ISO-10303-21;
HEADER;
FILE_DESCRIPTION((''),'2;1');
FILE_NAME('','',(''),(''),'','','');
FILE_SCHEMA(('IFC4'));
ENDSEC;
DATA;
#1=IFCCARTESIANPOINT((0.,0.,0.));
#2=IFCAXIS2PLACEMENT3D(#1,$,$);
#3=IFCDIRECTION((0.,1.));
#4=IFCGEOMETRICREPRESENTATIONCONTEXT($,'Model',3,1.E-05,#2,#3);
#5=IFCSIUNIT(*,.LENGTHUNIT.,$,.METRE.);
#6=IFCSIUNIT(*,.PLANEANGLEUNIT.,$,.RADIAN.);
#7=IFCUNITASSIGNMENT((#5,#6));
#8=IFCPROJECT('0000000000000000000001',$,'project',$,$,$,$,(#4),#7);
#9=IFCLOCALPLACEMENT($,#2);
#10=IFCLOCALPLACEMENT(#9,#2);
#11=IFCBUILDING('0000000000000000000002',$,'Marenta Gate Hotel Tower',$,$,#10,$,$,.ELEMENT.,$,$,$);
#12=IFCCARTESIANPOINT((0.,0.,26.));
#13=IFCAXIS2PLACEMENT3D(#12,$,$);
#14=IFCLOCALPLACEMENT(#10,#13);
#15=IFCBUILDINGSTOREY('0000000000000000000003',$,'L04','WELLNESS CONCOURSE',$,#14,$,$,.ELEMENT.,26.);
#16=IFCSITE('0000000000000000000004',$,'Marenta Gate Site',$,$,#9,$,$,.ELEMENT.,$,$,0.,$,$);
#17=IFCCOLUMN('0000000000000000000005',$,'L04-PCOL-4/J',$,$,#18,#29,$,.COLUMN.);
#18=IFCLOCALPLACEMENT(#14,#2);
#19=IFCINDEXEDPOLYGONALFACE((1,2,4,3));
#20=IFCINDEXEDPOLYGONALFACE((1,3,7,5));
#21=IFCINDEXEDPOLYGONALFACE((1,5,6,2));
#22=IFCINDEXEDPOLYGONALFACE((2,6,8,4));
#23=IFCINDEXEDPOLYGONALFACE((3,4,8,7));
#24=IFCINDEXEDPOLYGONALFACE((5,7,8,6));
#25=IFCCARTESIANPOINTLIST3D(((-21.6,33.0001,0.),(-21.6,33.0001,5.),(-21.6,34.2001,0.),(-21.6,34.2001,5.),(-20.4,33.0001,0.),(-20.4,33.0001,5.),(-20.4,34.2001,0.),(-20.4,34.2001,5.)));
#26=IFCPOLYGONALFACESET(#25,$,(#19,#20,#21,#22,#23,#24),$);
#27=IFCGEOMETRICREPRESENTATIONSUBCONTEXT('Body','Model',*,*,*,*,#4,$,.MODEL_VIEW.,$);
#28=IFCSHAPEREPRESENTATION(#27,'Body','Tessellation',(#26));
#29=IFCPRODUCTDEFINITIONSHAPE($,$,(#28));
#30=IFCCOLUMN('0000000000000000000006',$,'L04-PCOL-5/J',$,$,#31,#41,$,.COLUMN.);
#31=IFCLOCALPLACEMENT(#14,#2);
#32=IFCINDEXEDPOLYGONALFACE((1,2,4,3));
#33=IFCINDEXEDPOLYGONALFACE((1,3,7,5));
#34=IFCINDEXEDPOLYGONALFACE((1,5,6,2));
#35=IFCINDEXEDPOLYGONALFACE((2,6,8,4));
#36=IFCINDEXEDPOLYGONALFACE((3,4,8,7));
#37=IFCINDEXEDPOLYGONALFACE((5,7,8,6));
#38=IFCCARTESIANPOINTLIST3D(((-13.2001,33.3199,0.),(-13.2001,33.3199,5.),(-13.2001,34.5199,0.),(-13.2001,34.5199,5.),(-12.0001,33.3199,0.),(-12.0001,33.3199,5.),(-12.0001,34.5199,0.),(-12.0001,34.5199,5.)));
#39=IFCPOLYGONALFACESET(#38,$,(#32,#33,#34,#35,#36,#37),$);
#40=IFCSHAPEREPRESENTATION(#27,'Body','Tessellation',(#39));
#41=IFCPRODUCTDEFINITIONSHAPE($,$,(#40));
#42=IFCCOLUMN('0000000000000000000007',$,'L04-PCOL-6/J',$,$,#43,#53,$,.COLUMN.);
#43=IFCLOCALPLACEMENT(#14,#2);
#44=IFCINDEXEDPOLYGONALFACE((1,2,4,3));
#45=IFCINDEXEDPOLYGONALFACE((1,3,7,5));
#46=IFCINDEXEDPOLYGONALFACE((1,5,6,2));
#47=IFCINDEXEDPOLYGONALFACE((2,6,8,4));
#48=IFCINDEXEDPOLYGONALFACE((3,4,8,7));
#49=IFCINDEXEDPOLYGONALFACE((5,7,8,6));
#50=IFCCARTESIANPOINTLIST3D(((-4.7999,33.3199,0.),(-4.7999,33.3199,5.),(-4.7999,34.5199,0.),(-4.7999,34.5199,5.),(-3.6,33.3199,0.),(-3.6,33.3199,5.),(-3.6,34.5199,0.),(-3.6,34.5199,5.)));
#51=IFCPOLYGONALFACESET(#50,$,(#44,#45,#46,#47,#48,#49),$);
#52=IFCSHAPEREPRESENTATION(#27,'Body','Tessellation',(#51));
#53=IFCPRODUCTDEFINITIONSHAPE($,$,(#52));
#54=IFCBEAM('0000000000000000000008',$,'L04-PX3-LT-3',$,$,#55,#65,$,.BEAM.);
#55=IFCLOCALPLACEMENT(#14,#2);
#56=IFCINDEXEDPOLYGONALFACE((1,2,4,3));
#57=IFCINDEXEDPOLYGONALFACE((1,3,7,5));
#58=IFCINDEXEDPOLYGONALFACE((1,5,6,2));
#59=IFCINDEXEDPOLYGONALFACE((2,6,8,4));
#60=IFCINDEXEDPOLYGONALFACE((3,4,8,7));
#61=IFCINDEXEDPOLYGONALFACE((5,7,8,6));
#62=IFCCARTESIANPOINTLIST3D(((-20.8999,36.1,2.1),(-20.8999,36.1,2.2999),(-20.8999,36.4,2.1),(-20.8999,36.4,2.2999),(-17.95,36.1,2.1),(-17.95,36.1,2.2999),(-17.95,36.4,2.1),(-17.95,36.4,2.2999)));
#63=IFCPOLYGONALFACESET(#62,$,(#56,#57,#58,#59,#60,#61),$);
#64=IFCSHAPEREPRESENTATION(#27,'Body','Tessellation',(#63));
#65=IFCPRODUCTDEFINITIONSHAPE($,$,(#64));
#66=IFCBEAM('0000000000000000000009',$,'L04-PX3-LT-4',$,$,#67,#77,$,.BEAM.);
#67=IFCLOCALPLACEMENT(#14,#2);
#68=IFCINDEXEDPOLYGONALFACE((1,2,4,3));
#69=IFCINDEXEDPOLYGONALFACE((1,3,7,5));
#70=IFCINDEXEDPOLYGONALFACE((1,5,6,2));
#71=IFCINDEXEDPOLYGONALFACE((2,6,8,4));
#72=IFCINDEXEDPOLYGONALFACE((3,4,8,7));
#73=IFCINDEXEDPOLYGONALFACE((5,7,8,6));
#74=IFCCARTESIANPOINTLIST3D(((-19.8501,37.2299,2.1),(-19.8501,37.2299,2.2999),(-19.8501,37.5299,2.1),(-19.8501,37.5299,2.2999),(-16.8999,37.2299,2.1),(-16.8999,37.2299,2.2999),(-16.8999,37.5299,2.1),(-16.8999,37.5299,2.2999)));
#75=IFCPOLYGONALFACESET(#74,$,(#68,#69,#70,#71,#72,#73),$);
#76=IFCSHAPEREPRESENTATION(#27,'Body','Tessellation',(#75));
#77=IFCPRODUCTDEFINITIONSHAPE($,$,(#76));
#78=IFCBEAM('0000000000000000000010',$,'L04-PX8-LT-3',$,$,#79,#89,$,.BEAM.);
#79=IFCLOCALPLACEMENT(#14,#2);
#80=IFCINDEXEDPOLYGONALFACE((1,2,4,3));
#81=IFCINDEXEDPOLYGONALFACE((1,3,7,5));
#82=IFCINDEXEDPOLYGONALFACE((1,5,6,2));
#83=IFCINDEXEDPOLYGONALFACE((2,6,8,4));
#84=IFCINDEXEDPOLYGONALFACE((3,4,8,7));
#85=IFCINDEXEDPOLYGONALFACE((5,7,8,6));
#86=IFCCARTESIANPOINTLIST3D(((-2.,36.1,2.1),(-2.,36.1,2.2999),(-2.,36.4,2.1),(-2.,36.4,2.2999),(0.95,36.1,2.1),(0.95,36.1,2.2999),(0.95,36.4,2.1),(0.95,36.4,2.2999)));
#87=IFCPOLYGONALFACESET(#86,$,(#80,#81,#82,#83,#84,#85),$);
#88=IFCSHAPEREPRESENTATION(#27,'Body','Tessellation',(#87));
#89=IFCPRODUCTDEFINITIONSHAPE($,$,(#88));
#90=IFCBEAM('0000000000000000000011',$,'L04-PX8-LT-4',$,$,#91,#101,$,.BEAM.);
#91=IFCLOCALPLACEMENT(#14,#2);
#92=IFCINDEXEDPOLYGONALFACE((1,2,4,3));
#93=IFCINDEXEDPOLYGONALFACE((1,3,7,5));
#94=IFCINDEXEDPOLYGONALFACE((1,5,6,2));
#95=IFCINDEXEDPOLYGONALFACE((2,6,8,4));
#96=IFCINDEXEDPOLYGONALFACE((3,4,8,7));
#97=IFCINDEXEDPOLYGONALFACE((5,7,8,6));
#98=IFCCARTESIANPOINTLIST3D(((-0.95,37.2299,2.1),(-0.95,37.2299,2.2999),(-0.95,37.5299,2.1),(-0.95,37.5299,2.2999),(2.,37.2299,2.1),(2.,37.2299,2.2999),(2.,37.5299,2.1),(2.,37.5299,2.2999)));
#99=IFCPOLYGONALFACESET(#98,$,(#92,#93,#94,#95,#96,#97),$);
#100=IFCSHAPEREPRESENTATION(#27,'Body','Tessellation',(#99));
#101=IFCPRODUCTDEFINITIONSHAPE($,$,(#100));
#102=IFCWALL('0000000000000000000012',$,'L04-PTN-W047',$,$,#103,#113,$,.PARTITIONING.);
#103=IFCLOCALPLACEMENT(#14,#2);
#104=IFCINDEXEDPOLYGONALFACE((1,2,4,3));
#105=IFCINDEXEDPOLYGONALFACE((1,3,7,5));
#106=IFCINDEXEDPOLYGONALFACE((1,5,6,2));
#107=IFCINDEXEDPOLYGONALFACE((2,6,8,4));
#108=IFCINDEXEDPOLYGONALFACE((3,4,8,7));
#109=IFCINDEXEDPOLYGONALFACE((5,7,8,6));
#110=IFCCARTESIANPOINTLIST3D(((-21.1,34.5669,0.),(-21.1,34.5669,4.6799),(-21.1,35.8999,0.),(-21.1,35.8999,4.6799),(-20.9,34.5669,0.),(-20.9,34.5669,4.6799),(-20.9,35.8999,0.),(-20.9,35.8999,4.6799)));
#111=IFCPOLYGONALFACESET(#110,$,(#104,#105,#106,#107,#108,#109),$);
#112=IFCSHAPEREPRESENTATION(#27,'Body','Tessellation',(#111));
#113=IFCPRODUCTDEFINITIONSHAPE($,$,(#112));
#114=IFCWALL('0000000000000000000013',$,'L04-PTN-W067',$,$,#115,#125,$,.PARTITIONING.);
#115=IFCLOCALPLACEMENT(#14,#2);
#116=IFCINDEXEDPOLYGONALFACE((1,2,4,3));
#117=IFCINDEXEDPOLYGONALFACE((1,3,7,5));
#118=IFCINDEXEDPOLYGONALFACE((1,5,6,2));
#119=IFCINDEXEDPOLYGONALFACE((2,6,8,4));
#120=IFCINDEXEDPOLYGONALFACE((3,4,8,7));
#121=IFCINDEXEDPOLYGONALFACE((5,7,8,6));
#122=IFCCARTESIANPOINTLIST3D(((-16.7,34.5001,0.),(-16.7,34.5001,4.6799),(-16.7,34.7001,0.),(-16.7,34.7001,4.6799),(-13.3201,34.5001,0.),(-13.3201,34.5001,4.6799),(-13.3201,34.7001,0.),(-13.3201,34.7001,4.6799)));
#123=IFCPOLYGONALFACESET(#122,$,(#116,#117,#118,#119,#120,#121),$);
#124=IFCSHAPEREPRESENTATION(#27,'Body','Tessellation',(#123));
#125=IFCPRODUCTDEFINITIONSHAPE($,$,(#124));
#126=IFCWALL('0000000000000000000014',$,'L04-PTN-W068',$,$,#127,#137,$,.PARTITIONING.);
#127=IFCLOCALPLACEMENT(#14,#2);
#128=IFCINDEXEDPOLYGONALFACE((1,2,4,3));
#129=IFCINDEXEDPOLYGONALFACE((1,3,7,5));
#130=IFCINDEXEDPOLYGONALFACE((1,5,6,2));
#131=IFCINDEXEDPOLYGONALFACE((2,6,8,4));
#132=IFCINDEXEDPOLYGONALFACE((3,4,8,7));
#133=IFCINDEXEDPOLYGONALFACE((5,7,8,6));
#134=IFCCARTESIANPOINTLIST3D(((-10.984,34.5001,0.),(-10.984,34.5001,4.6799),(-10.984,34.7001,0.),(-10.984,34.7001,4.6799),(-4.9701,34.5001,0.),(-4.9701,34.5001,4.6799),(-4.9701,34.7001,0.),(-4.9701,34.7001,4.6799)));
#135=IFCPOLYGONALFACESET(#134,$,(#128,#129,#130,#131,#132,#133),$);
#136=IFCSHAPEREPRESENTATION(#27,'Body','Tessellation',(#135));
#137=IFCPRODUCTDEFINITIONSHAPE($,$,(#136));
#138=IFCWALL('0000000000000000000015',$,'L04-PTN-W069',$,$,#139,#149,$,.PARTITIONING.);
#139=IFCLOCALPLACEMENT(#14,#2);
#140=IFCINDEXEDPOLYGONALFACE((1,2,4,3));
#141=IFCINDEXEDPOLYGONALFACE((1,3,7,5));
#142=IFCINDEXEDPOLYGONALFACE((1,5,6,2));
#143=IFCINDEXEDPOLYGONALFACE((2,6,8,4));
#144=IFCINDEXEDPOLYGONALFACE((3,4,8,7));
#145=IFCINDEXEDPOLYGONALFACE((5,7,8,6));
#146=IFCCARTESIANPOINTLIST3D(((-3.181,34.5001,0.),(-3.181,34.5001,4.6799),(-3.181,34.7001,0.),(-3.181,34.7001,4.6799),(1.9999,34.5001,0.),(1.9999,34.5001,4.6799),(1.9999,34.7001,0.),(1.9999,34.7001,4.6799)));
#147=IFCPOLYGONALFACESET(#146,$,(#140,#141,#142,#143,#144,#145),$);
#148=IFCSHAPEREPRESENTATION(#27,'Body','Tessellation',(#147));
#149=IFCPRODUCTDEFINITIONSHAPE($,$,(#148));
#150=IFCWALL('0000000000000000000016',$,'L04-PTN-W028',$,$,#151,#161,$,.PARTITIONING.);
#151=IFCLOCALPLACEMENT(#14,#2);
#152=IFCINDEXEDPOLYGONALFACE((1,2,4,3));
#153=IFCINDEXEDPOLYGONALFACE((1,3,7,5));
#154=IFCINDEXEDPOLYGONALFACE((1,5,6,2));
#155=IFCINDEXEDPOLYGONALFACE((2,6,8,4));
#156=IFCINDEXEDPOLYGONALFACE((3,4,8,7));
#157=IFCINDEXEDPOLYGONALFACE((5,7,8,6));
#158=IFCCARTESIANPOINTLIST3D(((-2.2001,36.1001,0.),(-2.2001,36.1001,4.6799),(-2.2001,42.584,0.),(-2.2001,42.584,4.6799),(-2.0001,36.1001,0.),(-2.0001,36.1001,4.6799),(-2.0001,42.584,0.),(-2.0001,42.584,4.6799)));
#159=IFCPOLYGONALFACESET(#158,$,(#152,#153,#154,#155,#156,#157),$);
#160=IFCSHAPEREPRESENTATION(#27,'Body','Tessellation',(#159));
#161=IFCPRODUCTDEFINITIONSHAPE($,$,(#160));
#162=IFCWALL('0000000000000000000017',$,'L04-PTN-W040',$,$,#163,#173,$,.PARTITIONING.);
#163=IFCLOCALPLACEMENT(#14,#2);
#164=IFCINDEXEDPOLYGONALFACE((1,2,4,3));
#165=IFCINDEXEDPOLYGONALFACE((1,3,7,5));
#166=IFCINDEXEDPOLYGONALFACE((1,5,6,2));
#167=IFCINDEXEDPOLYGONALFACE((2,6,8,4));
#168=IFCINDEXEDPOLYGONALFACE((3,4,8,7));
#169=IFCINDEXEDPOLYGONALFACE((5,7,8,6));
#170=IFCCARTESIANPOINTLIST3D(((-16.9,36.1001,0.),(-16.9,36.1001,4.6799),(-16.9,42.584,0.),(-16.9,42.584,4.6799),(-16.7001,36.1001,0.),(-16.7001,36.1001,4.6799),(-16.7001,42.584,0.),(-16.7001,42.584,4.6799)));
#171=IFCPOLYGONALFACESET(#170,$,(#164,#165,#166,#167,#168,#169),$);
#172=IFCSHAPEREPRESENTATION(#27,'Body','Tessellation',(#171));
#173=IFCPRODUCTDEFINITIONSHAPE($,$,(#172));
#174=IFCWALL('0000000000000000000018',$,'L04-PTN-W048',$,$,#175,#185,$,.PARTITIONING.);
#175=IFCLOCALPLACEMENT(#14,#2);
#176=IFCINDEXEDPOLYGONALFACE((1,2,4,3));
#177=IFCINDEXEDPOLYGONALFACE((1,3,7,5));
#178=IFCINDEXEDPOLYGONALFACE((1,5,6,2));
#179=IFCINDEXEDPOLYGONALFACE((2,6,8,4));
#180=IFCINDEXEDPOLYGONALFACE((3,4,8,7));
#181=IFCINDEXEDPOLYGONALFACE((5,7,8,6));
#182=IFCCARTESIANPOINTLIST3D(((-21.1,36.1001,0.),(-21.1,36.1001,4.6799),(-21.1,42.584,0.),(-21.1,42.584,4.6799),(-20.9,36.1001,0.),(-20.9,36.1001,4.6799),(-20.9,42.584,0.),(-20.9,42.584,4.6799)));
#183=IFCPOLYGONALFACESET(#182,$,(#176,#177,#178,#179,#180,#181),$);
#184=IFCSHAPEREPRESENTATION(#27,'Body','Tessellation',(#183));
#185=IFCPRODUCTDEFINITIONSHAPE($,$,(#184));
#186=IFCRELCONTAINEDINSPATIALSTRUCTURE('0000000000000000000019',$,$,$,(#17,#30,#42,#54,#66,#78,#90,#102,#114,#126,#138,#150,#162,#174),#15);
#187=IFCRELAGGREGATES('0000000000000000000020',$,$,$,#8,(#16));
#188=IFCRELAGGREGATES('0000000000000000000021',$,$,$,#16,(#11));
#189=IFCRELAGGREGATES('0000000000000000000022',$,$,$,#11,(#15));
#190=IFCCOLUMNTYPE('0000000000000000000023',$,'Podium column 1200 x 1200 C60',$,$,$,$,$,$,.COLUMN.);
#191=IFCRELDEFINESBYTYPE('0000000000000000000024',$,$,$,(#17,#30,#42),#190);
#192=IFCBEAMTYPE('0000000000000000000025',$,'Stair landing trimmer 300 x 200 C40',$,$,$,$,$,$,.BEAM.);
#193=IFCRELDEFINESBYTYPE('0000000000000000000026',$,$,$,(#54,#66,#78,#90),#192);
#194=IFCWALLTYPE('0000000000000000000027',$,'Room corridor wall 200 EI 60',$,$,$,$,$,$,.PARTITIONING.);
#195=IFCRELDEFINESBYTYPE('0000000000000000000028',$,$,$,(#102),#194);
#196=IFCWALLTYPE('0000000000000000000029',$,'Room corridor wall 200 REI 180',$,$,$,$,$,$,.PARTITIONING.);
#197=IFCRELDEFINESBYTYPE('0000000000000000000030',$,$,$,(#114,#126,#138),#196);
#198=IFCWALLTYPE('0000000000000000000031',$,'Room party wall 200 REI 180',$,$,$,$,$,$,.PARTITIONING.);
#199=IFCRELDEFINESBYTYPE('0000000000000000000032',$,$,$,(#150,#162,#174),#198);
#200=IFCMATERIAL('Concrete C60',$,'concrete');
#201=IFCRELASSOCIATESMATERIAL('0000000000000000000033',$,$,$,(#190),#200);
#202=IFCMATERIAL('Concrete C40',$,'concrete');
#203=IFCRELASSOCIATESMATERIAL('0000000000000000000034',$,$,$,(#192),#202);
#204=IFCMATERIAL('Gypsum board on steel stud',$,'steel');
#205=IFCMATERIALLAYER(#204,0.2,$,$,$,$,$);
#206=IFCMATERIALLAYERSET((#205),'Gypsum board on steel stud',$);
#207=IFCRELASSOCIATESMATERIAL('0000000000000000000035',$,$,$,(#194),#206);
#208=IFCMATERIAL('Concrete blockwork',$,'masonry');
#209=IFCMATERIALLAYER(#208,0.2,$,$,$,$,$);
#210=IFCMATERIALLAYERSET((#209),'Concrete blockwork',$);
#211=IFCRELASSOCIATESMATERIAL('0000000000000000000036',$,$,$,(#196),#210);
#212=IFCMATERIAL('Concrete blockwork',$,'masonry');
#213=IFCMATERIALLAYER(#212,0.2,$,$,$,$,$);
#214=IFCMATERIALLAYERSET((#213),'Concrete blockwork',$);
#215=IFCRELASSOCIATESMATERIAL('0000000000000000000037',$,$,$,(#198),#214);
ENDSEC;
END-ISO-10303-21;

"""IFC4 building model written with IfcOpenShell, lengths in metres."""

from ifc_helpers import new_model, si_unit, direction, frame, frame_2d, origin, origin_2d, place, context, subcontext, project, spatial, rectangle, extrude, material, layer, layer_set, material_profile, profile_set, type_object, element, save


model = new_model("IFC4")

# Units and contexts
model_context = context("Model", 3, precision=1e-05, world=origin(), true_north=direction((0.0, 1.0)))
body_context = subcontext(model_context, "Body", "Model", "MODEL_VIEW")
ifc_project = project(units=[si_unit("LENGTHUNIT", "METRE"), si_unit("PLANEANGLEUNIT", "RADIAN")], contexts=[model_context])

# Site, building, storey
site_placement = place(None, origin())
site = spatial("IfcSite", under=ifc_project, at=site_placement, Name="Marenta Gate Site", CompositionType="ELEMENT", RefElevation=0.0)
building_placement = place(site_placement, origin())
building = spatial("IfcBuilding", under=site, at=building_placement, Name="Marenta Gate Hotel Tower", CompositionType="ELEMENT")
storey_placement = place(building_placement, frame((0.0, 0.0, 26.0)))
storey = spatial("IfcBuildingStorey", under=building, at=storey_placement, Name="L04", Description="WELLNESS CONCOURSE", CompositionType="ELEMENT", Elevation=26.0)

# Columns
ifc_material_1 = material(Name="Concrete C60", Category="concrete")
ifc_material_profile_1 = material_profile(ifc_material_1, rectangle(XDim=1.2, YDim=1.2, at=origin_2d()), Name="1200 x 1200")
ifc_profile_set_1 = profile_set([ifc_material_profile_1], Name="Concrete C60")
column_type = type_object("IfcColumnType", Name="Podium column 1200 x 1200 C60", PredefinedType="COLUMN", material=ifc_profile_set_1)
for number, where, z_axis, x_axis, name in (
    (1, (-21.0, 33.6001, 0.0), (0.0, 0.0, 1.0), (1.0, 0.0, 0.0), "L04-PCOL-4/J"),
    (2, (-12.6001, 33.9199, 0.0), (0.0, 0.0, 1.0), (1.0, 0.0, 0.0), "L04-PCOL-5/J"),
    (3, (-4.2, 33.9199, 0.0), (0.0, 0.0, 1.0), (1.0, 0.0, 0.0), "L04-PCOL-6/J"),
):
    element("IfcColumn", number, at=place(storey_placement, frame(where, z_axis=z_axis, x_axis=x_axis)), inside=storey, type_object=column_type, Name=name, PredefinedType="COLUMN", context=body_context, shape_type="SweptSolid", body=[
        extrude(rectangle(XDim=1.2, YDim=1.2, at=origin_2d()), origin(), (0.0, 0.0, 1.0), 5.0),
    ])

# Beams
ifc_material_2 = material(Name="Concrete C40", Category="concrete")
ifc_material_profile_2 = material_profile(ifc_material_2, rectangle(XDim=0.3, YDim=0.2, at=origin_2d()), Name="300 x 200")
ifc_profile_set_2 = profile_set([ifc_material_profile_2], Name="Concrete C40")
beam_type = type_object("IfcBeamType", Name="Stair landing trimmer 300 x 200 C40", PredefinedType="BEAM", material=ifc_profile_set_2)
beam_1_placement = place(storey_placement, frame((-20.8999, 36.25, 2.2), z_axis=(1.0, 0.0, 0.0), x_axis=(0.0, 1.0, 0.0)))
element("IfcBeam", 4, at=beam_1_placement, inside=storey, type_object=beam_type, Name="L04-PX3-LT-3", PredefinedType="BEAM", context=body_context, shape_type="SweptSolid", body=[
    extrude(rectangle(XDim=0.3, YDim=0.2, at=origin_2d()), origin(), (0.0, 0.0, 1.0), 2.95),
])
beam_2_placement = place(storey_placement, frame((-19.8501, 37.3799, 2.2), z_axis=(1.0, 0.0, 0.0), x_axis=(0.0, 1.0, 0.0)))
element("IfcBeam", 5, at=beam_2_placement, inside=storey, type_object=beam_type, Name="L04-PX3-LT-4", PredefinedType="BEAM", context=body_context, shape_type="SweptSolid", body=[
    extrude(rectangle(XDim=0.3, YDim=0.2, at=origin_2d()), origin(), (0.0, 0.0, 1.0), 2.9502),
])
for number, where, z_axis, x_axis, name in (
    (6, (-2.0, 36.25, 2.2), (1.0, 0.0, 0.0), (0.0, 1.0, 0.0), "L04-PX8-LT-3"),
    (7, (-0.95, 37.3799, 2.2), (1.0, 0.0, 0.0), (0.0, 1.0, 0.0), "L04-PX8-LT-4"),
):
    element("IfcBeam", number, at=place(storey_placement, frame(where, z_axis=z_axis, x_axis=x_axis)), inside=storey, type_object=beam_type, Name=name, PredefinedType="BEAM", context=body_context, shape_type="SweptSolid", body=[
        extrude(rectangle(XDim=0.3, YDim=0.2, at=origin_2d()), origin(), (0.0, 0.0, 1.0), 2.95),
    ])

# Walls
ifc_material_3 = material(Name="Gypsum board on steel stud", Category="steel")
ifc_layer_1 = layer(ifc_material_3, 0.2)
ifc_layer_set_1 = layer_set([ifc_layer_1], Name="Gypsum board on steel stud")
wall_type_1 = type_object("IfcWallType", Name="Room corridor wall 200 EI 60", PredefinedType="PARTITIONING", material=ifc_layer_set_1)
wall_1_placement = place(storey_placement, frame((-21.0, 34.5669, 0.0), z_axis=(0.0, 0.0, 1.0), x_axis=(0.0, 1.0, 0.0)))
element("IfcWall", 8, at=wall_1_placement, inside=storey, type_object=wall_type_1, Name="L04-PTN-W047", PredefinedType="PARTITIONING", context=body_context, shape_type="SweptSolid", body=[
    extrude(rectangle(XDim=1.333, YDim=0.2, at=frame_2d((0.6665, 0.0))), origin(), (0.0, 0.0, 1.0), 4.6799),
])
ifc_material_4 = material(Name="Concrete blockwork", Category="masonry")
ifc_layer_2 = layer(ifc_material_4, 0.2)
ifc_layer_set_2 = layer_set([ifc_layer_2], Name="Concrete blockwork")
wall_type_2 = type_object("IfcWallType", Name="Room corridor wall 200 REI 180", PredefinedType="PARTITIONING", material=ifc_layer_set_2)
wall_2_placement = place(storey_placement, frame((-16.7, 34.6001, 0.0), z_axis=(0.0, 0.0, 1.0), x_axis=(1.0, 0.0, 0.0)))
element("IfcWall", 9, at=wall_2_placement, inside=storey, type_object=wall_type_2, Name="L04-PTN-W067", PredefinedType="PARTITIONING", context=body_context, shape_type="SweptSolid", body=[
    extrude(rectangle(XDim=3.3799, YDim=0.2, at=frame_2d((1.6899, 0.0))), origin(), (0.0, 0.0, 1.0), 4.6799),
])
wall_3_placement = place(storey_placement, frame((-10.9839, 34.6001, 0.0), z_axis=(0.0, 0.0, 1.0), x_axis=(1.0, 0.0, 0.0)))
element("IfcWall", 10, at=wall_3_placement, inside=storey, type_object=wall_type_2, Name="L04-PTN-W068", PredefinedType="PARTITIONING", context=body_context, shape_type="SweptSolid", body=[
    extrude(rectangle(XDim=6.0139, YDim=0.2, at=frame_2d((3.0068, 0.0))), origin(), (0.0, 0.0, 1.0), 4.6799),
])
wall_4_placement = place(storey_placement, frame((-3.1809, 34.6001, 0.0), z_axis=(0.0, 0.0, 1.0), x_axis=(1.0, 0.0, 0.0)))
element("IfcWall", 11, at=wall_4_placement, inside=storey, type_object=wall_type_2, Name="L04-PTN-W069", PredefinedType="PARTITIONING", context=body_context, shape_type="SweptSolid", body=[
    extrude(rectangle(XDim=5.1809, YDim=0.2, at=frame_2d((2.5903, 0.0))), origin(), (0.0, 0.0, 1.0), 4.6799),
])

# Walls
ifc_material_5 = material(Name="Concrete blockwork", Category="masonry")
ifc_layer_3 = layer(ifc_material_5, 0.2)
ifc_layer_set_3 = layer_set([ifc_layer_3], Name="Concrete blockwork")
wall_type_3 = type_object("IfcWallType", Name="Room party wall 200 REI 180", PredefinedType="PARTITIONING", material=ifc_layer_set_3)
for number, where, z_axis, x_axis, name in (
    (12, (-2.1001, 36.1001, 0.0), (0.0, 0.0, 1.0), (0.0, 1.0, 0.0), "L04-PTN-W028"),
    (13, (-16.8, 36.1001, 0.0), (0.0, 0.0, 1.0), (0.0, 1.0, 0.0), "L04-PTN-W040"),
    (14, (-21.0, 36.1001, 0.0), (0.0, 0.0, 1.0), (0.0, 1.0, 0.0), "L04-PTN-W048"),
):
    element("IfcWall", number, at=place(storey_placement, frame(where, z_axis=z_axis, x_axis=x_axis)), inside=storey, type_object=wall_type_3, Name=name, PredefinedType="PARTITIONING", context=body_context, shape_type="SweptSolid", body=[
        extrude(rectangle(XDim=6.4839, YDim=0.2, at=frame_2d((3.2419, 0.0))), origin(), (0.0, 0.0, 1.0), 4.6799),
    ])

save(model, "model.ifc")
